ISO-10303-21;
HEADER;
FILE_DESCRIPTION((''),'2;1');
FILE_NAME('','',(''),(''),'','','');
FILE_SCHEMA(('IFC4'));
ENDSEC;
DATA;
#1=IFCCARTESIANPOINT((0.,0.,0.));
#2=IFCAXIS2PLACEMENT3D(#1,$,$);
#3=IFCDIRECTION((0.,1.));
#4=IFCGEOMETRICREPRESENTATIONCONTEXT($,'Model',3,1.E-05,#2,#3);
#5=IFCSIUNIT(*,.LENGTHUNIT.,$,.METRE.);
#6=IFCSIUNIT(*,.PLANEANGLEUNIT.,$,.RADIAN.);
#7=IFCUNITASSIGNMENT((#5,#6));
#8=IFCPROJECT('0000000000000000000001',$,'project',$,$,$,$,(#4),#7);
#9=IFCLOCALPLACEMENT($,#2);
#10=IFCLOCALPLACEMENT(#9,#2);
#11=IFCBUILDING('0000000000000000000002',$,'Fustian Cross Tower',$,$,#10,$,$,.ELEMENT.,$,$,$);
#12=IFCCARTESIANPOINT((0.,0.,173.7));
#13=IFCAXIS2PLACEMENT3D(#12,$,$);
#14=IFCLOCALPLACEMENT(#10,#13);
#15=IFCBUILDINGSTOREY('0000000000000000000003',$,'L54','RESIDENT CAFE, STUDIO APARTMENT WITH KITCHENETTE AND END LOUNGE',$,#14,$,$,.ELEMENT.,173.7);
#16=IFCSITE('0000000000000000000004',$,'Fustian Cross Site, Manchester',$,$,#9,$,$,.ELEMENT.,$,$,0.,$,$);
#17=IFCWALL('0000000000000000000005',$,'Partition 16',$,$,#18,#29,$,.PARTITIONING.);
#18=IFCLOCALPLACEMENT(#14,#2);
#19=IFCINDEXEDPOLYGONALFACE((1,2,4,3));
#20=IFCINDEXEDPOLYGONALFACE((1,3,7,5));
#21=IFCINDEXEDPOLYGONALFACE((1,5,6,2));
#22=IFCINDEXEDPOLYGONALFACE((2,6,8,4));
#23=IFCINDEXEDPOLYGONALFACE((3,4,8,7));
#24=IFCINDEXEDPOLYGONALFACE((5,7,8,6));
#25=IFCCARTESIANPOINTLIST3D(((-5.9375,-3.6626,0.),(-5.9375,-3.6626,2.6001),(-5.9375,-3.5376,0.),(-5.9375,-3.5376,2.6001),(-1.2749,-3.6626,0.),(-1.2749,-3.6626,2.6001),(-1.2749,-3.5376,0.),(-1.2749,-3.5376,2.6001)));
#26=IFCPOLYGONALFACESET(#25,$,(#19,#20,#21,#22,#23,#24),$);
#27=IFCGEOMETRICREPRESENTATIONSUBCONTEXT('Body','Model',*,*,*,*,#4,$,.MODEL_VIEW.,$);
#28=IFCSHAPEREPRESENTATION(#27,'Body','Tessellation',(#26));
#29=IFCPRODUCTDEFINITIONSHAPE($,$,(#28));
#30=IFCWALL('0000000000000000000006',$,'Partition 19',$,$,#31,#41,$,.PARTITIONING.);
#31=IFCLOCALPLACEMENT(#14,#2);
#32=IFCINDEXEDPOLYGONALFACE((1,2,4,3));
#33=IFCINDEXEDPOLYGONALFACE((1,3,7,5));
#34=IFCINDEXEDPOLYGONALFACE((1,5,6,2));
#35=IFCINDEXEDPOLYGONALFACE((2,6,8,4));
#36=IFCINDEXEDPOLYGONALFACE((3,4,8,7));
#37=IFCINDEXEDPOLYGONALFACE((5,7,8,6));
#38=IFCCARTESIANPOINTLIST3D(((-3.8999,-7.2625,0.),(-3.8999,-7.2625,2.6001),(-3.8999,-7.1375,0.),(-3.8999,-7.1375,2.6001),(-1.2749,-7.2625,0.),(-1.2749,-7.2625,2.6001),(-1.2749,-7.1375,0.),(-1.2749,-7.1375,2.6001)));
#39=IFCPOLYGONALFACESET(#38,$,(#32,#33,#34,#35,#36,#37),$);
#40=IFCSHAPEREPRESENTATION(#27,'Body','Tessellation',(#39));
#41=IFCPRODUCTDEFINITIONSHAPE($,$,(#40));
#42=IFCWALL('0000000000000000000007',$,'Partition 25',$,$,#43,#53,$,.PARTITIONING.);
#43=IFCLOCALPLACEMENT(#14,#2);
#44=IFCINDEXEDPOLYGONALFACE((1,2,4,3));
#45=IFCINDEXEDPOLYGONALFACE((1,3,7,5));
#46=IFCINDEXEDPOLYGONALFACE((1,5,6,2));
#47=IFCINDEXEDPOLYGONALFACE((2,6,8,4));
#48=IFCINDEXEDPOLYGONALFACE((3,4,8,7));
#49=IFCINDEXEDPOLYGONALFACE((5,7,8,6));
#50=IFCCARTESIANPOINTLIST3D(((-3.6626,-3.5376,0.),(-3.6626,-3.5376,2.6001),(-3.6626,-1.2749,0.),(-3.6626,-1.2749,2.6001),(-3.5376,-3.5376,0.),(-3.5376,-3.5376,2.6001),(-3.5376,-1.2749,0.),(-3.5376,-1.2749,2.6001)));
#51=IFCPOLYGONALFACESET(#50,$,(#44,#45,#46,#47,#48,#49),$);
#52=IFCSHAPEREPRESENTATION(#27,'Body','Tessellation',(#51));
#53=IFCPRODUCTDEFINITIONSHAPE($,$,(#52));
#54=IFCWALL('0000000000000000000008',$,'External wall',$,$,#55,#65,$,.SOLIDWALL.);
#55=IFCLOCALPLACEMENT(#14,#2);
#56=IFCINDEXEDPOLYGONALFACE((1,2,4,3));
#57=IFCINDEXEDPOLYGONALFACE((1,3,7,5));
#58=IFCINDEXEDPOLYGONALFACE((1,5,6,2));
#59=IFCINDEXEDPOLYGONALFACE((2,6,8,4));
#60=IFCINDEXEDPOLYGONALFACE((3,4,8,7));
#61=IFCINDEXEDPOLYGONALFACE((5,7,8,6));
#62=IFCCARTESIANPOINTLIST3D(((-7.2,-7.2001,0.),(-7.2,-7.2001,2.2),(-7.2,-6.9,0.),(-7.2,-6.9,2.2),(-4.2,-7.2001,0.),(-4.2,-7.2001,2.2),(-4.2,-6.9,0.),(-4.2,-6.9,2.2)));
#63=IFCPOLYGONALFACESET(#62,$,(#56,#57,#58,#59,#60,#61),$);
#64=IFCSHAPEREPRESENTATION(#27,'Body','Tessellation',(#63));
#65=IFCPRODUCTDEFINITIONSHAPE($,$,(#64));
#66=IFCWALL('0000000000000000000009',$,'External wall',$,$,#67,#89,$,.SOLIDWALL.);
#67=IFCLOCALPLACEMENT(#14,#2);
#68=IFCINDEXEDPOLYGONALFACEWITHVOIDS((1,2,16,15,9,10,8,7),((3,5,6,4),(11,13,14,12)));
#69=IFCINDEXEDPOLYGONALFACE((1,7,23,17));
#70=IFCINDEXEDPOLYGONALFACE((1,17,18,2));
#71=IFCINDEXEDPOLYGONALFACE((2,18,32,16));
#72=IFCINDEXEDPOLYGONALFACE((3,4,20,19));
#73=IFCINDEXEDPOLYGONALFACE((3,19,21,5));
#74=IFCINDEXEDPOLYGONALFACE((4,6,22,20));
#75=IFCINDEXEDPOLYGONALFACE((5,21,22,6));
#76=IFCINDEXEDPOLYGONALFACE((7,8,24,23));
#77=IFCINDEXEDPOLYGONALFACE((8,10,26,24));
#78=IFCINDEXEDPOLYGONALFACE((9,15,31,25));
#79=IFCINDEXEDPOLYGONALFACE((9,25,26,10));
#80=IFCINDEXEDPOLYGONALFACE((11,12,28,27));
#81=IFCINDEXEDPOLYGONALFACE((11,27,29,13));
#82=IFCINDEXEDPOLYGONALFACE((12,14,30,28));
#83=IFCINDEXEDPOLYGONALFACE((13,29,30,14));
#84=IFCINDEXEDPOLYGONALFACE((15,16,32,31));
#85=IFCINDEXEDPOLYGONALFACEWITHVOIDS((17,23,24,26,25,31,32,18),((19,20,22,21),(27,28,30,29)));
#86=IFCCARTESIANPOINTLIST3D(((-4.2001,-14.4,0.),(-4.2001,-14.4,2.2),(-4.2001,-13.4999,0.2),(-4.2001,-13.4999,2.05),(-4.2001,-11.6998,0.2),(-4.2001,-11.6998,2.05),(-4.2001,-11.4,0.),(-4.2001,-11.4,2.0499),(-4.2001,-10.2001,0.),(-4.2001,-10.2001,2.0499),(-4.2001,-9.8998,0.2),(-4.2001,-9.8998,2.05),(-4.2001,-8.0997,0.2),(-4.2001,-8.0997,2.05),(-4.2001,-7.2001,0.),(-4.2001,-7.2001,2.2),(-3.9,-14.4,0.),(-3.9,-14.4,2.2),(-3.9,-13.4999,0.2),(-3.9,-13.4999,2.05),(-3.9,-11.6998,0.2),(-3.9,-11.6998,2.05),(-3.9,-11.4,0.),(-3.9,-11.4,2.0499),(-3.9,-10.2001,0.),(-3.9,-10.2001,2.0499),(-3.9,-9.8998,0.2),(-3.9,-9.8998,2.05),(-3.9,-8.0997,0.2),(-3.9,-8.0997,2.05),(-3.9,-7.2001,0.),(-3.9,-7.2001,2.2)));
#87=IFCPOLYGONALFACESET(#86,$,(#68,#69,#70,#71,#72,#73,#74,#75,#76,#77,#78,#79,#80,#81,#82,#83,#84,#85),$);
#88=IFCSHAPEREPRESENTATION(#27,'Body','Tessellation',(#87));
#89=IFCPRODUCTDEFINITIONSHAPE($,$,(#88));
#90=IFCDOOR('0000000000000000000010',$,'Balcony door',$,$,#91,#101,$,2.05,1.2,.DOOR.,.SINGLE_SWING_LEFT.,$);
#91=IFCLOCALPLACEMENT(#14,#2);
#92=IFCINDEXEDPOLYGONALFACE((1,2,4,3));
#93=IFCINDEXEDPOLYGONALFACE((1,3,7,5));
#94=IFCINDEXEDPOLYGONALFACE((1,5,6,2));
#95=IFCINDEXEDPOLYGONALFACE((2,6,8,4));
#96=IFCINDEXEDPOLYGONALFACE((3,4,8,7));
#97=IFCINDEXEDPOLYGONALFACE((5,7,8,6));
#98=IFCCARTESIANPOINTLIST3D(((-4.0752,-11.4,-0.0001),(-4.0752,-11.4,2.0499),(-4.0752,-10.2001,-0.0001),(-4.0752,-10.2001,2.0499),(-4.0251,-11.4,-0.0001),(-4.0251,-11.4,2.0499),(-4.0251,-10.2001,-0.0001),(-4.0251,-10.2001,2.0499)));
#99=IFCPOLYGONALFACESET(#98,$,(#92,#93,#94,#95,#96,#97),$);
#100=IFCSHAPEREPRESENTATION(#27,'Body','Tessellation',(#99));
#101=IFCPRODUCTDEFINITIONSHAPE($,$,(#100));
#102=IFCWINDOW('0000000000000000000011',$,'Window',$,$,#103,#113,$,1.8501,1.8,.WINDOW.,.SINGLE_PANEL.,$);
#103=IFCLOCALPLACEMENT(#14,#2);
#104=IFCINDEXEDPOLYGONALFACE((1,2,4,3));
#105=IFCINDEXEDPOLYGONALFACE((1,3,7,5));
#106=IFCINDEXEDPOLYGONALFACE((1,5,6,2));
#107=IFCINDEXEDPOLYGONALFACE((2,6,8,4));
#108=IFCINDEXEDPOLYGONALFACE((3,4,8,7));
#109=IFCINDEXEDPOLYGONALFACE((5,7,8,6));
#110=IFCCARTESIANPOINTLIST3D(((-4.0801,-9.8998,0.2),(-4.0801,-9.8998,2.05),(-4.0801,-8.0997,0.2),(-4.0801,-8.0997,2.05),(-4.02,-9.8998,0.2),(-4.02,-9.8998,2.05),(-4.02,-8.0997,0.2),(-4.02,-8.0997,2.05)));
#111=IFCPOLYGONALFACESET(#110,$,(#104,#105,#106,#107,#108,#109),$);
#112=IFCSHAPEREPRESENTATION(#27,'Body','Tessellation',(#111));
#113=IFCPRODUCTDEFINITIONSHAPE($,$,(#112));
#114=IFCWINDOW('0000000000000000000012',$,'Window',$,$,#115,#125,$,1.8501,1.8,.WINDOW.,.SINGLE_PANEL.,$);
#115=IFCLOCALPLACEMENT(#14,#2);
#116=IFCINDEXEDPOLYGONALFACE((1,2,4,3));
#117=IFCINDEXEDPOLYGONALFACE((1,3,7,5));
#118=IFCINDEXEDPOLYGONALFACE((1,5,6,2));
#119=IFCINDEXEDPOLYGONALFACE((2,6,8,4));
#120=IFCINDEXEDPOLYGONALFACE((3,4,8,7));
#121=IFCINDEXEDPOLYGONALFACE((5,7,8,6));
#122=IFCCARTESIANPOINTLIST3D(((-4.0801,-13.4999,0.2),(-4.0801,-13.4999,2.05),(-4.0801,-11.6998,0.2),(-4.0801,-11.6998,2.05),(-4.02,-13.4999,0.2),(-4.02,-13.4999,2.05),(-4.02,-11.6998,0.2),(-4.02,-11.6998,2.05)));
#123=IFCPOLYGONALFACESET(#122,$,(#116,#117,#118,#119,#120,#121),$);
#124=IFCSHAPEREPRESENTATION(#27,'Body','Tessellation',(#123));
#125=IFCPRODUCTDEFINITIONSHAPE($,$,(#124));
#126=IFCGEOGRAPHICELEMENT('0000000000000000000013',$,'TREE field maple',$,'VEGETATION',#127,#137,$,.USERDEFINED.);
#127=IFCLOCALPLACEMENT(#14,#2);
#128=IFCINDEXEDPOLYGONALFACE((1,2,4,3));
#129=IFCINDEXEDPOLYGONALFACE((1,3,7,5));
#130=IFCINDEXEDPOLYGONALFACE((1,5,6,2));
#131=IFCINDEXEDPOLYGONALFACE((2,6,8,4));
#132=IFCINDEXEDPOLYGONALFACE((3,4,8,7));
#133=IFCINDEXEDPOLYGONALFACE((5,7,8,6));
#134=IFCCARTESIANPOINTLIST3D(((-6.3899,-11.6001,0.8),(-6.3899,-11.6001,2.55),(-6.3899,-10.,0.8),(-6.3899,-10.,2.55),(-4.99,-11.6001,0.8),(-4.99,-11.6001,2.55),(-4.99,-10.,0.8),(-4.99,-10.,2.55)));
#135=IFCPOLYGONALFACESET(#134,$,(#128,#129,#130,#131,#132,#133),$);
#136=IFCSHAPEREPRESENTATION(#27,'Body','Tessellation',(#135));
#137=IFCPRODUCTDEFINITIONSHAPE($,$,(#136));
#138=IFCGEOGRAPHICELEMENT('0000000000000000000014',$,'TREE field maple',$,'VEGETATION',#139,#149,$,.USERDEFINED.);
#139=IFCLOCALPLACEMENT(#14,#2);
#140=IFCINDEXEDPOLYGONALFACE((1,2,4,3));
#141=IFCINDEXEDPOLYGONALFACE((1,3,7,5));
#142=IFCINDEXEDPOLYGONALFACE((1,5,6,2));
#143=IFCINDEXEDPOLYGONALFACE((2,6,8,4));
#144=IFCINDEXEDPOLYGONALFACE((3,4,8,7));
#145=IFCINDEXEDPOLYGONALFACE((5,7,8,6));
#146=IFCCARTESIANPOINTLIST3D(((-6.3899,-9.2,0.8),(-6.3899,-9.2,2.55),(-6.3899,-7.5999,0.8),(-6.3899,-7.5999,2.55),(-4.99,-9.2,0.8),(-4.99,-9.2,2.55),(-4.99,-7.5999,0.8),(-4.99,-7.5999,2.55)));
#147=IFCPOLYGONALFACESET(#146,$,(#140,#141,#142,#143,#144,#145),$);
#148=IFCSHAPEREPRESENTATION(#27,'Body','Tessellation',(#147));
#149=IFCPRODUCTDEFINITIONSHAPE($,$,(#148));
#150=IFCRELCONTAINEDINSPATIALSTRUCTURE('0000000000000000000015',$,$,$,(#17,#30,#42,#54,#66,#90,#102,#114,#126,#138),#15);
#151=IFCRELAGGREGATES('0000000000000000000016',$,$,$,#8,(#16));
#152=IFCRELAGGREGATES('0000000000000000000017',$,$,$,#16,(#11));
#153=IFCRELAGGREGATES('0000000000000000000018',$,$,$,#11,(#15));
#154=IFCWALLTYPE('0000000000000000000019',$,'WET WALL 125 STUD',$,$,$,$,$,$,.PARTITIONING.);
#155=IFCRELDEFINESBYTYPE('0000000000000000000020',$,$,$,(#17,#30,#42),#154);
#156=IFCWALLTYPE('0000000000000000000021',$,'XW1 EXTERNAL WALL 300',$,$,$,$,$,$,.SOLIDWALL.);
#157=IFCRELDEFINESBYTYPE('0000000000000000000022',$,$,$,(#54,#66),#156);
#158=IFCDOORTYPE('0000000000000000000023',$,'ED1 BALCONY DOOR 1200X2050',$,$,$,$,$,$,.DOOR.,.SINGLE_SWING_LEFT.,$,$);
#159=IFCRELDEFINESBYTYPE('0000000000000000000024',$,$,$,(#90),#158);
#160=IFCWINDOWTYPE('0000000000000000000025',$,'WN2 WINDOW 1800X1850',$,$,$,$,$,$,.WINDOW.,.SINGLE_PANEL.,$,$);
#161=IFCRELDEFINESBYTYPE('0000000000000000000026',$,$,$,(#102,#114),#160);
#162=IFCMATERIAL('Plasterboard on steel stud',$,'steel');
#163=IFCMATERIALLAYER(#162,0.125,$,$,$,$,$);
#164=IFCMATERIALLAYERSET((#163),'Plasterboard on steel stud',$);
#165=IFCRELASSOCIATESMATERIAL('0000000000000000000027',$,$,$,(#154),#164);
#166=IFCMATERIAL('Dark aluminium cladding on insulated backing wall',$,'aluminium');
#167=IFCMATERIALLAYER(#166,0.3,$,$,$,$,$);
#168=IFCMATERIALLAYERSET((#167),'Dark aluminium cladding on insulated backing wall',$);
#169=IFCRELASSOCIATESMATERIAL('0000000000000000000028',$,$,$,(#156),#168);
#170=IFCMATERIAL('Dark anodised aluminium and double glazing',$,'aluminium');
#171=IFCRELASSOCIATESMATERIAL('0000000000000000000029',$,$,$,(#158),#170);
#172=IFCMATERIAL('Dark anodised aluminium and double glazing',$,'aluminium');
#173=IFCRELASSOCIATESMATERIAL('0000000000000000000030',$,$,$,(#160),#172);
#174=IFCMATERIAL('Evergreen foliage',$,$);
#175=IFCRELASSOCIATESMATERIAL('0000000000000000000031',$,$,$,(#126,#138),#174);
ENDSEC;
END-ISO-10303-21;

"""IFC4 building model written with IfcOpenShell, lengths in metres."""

from ifc_helpers import new_model, si_unit, direction, frame, frame_2d, origin, origin_2d, place, context, subcontext, project, spatial, rectangle, extrude, material, layer, layer_set, type_object, element, fill, save


model = new_model("IFC4")

# Units and contexts
model_context = context("Model", 3, precision=1e-05, world=origin(), true_north=direction((0.0, 1.0)))
body_context = subcontext(model_context, "Body", "Model", "MODEL_VIEW")
ifc_project = project(units=[si_unit("LENGTHUNIT", "METRE"), si_unit("PLANEANGLEUNIT", "RADIAN")], contexts=[model_context])

# Site, building, storey
site_placement = place(None, origin())
site = spatial("IfcSite", under=ifc_project, at=site_placement, Name="Fustian Cross Site, Manchester", CompositionType="ELEMENT", RefElevation=0.0)
building_placement = place(site_placement, origin())
building = spatial("IfcBuilding", under=site, at=building_placement, Name="Fustian Cross Tower", CompositionType="ELEMENT")
storey_placement = place(building_placement, frame((0.0, 0.0, 173.7)))
storey = spatial("IfcBuildingStorey", under=building, at=storey_placement, Name="L54", Description="RESIDENT CAFE, STUDIO APARTMENT WITH KITCHENETTE AND END LOUNGE", CompositionType="ELEMENT", Elevation=173.7)

# Walls
ifc_material_1 = material(Name="Plasterboard on steel stud", Category="steel")
ifc_layer_1 = layer(ifc_material_1, 0.125)
ifc_layer_set_1 = layer_set([ifc_layer_1], Name="Plasterboard on steel stud")
wall_type_1 = type_object("IfcWallType", Name="WET WALL 125 STUD", PredefinedType="PARTITIONING", material=ifc_layer_set_1)
wall_1_placement = place(storey_placement, frame((-5.9375, -3.6001, 0.0), z_axis=(0.0, 0.0, 1.0), x_axis=(1.0, 0.0, 0.0)))
element("IfcWall", 1, at=wall_1_placement, inside=storey, type_object=wall_type_1, Name="Partition 16", PredefinedType="PARTITIONING", context=body_context, shape_type="SweptSolid", body=[
    extrude(rectangle(XDim=4.6626, YDim=0.125, at=frame_2d((2.3313, 0.0))), origin(), (0.0, 0.0, 1.0), 2.6001),
])
wall_2_placement = place(storey_placement, frame((-3.8999, -7.2, 0.0), z_axis=(0.0, 0.0, 1.0), x_axis=(1.0, 0.0, 0.0)))
element("IfcWall", 2, at=wall_2_placement, inside=storey, type_object=wall_type_1, Name="Partition 19", PredefinedType="PARTITIONING", context=body_context, shape_type="SweptSolid", body=[
    extrude(rectangle(XDim=2.625, YDim=0.125, at=frame_2d((1.3125, 0.0))), origin(), (0.0, 0.0, 1.0), 2.6001),
])
wall_3_placement = place(storey_placement, frame((-3.6001, -3.5376, 0.0), z_axis=(0.0, 0.0, 1.0), x_axis=(0.0, 1.0, 0.0)))
element("IfcWall", 3, at=wall_3_placement, inside=storey, type_object=wall_type_1, Name="Partition 25", PredefinedType="PARTITIONING", context=body_context, shape_type="SweptSolid", body=[
    extrude(rectangle(XDim=2.2627, YDim=0.125, at=frame_2d((1.1313, 0.0))), origin(), (0.0, 0.0, 1.0), 2.6001),
])
ifc_material_2 = material(Name="Dark aluminium cladding on insulated backing wall", Category="aluminium")
ifc_layer_2 = layer(ifc_material_2, 0.3)
ifc_layer_set_2 = layer_set([ifc_layer_2], Name="Dark aluminium cladding on insulated backing wall")
wall_type_2 = type_object("IfcWallType", Name="XW1 EXTERNAL WALL 300", PredefinedType="SOLIDWALL", material=ifc_layer_set_2)
wall_4_placement = place(storey_placement, frame((-7.2, -7.05, 0.0), z_axis=(0.0, 0.0, 1.0), x_axis=(1.0, 0.0, 0.0)))
element("IfcWall", 4, at=wall_4_placement, inside=storey, type_object=wall_type_2, Name="External wall", PredefinedType="SOLIDWALL", context=body_context, shape_type="SweptSolid", body=[
    extrude(rectangle(XDim=3.0, YDim=0.3, at=frame_2d((1.5, 0.0))), origin(), (0.0, 0.0, 1.0), 2.2),
])

# Wall, openings, door, windows
wall_5_placement = place(storey_placement, frame((-4.05, -7.2, 0.0), z_axis=(0.0, 0.0, 1.0), x_axis=(0.0, -1.0, 0.0)))
wall_5 = element("IfcWall", 5, at=wall_5_placement, inside=storey, type_object=wall_type_2, Name="External wall", PredefinedType="SOLIDWALL", context=body_context, shape_type="SweptSolid", body=[
    extrude(rectangle(XDim=7.2, YDim=0.3, at=frame_2d((3.6001, 0.0))), origin(), (0.0, 0.0, 1.0), 2.2),
])
opening_1_placement = place(wall_5_placement, frame((3.0, 0.0, 0.0)))
opening_1 = element("IfcOpeningElement", 6, at=opening_1_placement, cuts=wall_5, PredefinedType="OPENING", context=body_context, shape_type="SweptSolid", body=[
    extrude(rectangle(XDim=1.2, YDim=2.05, at=frame_2d((0.6001, 1.0249))), frame((0.0, 0.1599, 0.0), z_axis=(0.0, -1.0, 0.0), x_axis=(1.0, 0.0, 0.0)), (0.0, 0.0, 1.0), 0.3201),
])
opening_2_placement = place(wall_5_placement, frame((0.8999, 0.0, 0.2)))
opening_2 = element("IfcOpeningElement", 7, at=opening_2_placement, cuts=wall_5, PredefinedType="OPENING", context=body_context, shape_type="SweptSolid", body=[
    extrude(rectangle(XDim=1.8, YDim=1.8501, at=frame_2d((0.8999, 0.925))), frame((0.0, 0.1599, 0.0), z_axis=(0.0, -1.0, 0.0), x_axis=(1.0, 0.0, 0.0)), (0.0, 0.0, 1.0), 0.3201),
])
opening_3_placement = place(wall_5_placement, frame((4.5, 0.0, 0.2)))
opening_3 = element("IfcOpeningElement", 8, at=opening_3_placement, cuts=wall_5, PredefinedType="OPENING", context=body_context, shape_type="SweptSolid", body=[
    extrude(rectangle(XDim=1.8, YDim=1.8501, at=frame_2d((0.8999, 0.925))), frame((0.0, 0.1599, 0.0), z_axis=(0.0, -1.0, 0.0), x_axis=(1.0, 0.0, 0.0)), (0.0, 0.0, 1.0), 0.3201),
])
ifc_material_3 = material(Name="Dark anodised aluminium and double glazing", Category="aluminium")
door_type_1 = type_object("IfcDoorType", Name="ED1 BALCONY DOOR 1200X2050", OperationType="SINGLE_SWING_LEFT", PredefinedType="DOOR", material=ifc_material_3)
door_1_placement = place(opening_1_placement, origin())
door_1 = element("IfcDoor", 9, at=door_1_placement, inside=storey, type_object=door_type_1, Name="Balcony door", OperationType="SINGLE_SWING_LEFT", OverallHeight=2.05, OverallWidth=1.2, PredefinedType="DOOR", context=body_context, shape_type="SweptSolid", body=[
    extrude(rectangle(XDim=1.2, YDim=2.05, at=frame_2d((0.6001, 1.0249))), frame((0.0, 0.0249, 0.0), z_axis=(0.0, -1.0, 0.0), x_axis=(1.0, 0.0, 0.0)), (0.0, 0.0, 1.0), 0.05),
])
fill(opening_1, door_1)
ifc_material_4 = material(Name="Dark anodised aluminium and double glazing", Category="aluminium")
window_type = type_object("IfcWindowType", Name="WN2 WINDOW 1800X1850", PartitioningType="SINGLE_PANEL", PredefinedType="WINDOW", material=ifc_material_4)
window_1_placement = place(opening_2_placement, origin())
window_1 = element("IfcWindow", 10, at=window_1_placement, inside=storey, type_object=window_type, Name="Window", OverallHeight=1.8501, OverallWidth=1.8, PartitioningType="SINGLE_PANEL", PredefinedType="WINDOW", context=body_context, shape_type="SweptSolid", body=[
    extrude(rectangle(XDim=1.8, YDim=1.8501, at=frame_2d((0.8999, 0.925))), frame((0.0, 0.03, 0.0), z_axis=(0.0, -1.0, 0.0), x_axis=(1.0, 0.0, 0.0)), (0.0, 0.0, 1.0), 0.0601),
])
fill(opening_2, window_1)
window_2_placement = place(opening_3_placement, origin())
window_2 = element("IfcWindow", 11, at=window_2_placement, inside=storey, type_object=window_type, Name="Window", OverallHeight=1.8501, OverallWidth=1.8, PartitioningType="SINGLE_PANEL", PredefinedType="WINDOW", context=body_context, shape_type="SweptSolid", body=[
    extrude(rectangle(XDim=1.8, YDim=1.8501, at=frame_2d((0.8999, 0.925))), frame((0.0, 0.03, 0.0), z_axis=(0.0, -1.0, 0.0), x_axis=(1.0, 0.0, 0.0)), (0.0, 0.0, 1.0), 0.0601),
])
fill(opening_3, window_2)

# Geographic elements
ifc_material_5 = material(Name="Evergreen foliage")
for number, where, z_axis, x_axis, name in (
    (12, (-5.6899, -10.8, 0.8), (0.0, 0.0, 1.0), (1.0, 0.0, 0.0), "TREE field maple"),
    (13, (-5.6899, -8.3999, 0.8), (0.0, 0.0, 1.0), (1.0, 0.0, 0.0), "TREE field maple"),
):
    element("IfcGeographicElement", number, at=place(storey_placement, frame(where, z_axis=z_axis, x_axis=x_axis)), inside=storey, material=ifc_material_5, Name=name, ObjectType="VEGETATION", PredefinedType="USERDEFINED", context=body_context, shape_type="SweptSolid", body=[
        extrude(rectangle(XDim=1.3999, YDim=1.6001, at=origin_2d()), origin(), (0.0, 0.0, 1.0), 1.75),
    ])

save(model, "model.ifc")
